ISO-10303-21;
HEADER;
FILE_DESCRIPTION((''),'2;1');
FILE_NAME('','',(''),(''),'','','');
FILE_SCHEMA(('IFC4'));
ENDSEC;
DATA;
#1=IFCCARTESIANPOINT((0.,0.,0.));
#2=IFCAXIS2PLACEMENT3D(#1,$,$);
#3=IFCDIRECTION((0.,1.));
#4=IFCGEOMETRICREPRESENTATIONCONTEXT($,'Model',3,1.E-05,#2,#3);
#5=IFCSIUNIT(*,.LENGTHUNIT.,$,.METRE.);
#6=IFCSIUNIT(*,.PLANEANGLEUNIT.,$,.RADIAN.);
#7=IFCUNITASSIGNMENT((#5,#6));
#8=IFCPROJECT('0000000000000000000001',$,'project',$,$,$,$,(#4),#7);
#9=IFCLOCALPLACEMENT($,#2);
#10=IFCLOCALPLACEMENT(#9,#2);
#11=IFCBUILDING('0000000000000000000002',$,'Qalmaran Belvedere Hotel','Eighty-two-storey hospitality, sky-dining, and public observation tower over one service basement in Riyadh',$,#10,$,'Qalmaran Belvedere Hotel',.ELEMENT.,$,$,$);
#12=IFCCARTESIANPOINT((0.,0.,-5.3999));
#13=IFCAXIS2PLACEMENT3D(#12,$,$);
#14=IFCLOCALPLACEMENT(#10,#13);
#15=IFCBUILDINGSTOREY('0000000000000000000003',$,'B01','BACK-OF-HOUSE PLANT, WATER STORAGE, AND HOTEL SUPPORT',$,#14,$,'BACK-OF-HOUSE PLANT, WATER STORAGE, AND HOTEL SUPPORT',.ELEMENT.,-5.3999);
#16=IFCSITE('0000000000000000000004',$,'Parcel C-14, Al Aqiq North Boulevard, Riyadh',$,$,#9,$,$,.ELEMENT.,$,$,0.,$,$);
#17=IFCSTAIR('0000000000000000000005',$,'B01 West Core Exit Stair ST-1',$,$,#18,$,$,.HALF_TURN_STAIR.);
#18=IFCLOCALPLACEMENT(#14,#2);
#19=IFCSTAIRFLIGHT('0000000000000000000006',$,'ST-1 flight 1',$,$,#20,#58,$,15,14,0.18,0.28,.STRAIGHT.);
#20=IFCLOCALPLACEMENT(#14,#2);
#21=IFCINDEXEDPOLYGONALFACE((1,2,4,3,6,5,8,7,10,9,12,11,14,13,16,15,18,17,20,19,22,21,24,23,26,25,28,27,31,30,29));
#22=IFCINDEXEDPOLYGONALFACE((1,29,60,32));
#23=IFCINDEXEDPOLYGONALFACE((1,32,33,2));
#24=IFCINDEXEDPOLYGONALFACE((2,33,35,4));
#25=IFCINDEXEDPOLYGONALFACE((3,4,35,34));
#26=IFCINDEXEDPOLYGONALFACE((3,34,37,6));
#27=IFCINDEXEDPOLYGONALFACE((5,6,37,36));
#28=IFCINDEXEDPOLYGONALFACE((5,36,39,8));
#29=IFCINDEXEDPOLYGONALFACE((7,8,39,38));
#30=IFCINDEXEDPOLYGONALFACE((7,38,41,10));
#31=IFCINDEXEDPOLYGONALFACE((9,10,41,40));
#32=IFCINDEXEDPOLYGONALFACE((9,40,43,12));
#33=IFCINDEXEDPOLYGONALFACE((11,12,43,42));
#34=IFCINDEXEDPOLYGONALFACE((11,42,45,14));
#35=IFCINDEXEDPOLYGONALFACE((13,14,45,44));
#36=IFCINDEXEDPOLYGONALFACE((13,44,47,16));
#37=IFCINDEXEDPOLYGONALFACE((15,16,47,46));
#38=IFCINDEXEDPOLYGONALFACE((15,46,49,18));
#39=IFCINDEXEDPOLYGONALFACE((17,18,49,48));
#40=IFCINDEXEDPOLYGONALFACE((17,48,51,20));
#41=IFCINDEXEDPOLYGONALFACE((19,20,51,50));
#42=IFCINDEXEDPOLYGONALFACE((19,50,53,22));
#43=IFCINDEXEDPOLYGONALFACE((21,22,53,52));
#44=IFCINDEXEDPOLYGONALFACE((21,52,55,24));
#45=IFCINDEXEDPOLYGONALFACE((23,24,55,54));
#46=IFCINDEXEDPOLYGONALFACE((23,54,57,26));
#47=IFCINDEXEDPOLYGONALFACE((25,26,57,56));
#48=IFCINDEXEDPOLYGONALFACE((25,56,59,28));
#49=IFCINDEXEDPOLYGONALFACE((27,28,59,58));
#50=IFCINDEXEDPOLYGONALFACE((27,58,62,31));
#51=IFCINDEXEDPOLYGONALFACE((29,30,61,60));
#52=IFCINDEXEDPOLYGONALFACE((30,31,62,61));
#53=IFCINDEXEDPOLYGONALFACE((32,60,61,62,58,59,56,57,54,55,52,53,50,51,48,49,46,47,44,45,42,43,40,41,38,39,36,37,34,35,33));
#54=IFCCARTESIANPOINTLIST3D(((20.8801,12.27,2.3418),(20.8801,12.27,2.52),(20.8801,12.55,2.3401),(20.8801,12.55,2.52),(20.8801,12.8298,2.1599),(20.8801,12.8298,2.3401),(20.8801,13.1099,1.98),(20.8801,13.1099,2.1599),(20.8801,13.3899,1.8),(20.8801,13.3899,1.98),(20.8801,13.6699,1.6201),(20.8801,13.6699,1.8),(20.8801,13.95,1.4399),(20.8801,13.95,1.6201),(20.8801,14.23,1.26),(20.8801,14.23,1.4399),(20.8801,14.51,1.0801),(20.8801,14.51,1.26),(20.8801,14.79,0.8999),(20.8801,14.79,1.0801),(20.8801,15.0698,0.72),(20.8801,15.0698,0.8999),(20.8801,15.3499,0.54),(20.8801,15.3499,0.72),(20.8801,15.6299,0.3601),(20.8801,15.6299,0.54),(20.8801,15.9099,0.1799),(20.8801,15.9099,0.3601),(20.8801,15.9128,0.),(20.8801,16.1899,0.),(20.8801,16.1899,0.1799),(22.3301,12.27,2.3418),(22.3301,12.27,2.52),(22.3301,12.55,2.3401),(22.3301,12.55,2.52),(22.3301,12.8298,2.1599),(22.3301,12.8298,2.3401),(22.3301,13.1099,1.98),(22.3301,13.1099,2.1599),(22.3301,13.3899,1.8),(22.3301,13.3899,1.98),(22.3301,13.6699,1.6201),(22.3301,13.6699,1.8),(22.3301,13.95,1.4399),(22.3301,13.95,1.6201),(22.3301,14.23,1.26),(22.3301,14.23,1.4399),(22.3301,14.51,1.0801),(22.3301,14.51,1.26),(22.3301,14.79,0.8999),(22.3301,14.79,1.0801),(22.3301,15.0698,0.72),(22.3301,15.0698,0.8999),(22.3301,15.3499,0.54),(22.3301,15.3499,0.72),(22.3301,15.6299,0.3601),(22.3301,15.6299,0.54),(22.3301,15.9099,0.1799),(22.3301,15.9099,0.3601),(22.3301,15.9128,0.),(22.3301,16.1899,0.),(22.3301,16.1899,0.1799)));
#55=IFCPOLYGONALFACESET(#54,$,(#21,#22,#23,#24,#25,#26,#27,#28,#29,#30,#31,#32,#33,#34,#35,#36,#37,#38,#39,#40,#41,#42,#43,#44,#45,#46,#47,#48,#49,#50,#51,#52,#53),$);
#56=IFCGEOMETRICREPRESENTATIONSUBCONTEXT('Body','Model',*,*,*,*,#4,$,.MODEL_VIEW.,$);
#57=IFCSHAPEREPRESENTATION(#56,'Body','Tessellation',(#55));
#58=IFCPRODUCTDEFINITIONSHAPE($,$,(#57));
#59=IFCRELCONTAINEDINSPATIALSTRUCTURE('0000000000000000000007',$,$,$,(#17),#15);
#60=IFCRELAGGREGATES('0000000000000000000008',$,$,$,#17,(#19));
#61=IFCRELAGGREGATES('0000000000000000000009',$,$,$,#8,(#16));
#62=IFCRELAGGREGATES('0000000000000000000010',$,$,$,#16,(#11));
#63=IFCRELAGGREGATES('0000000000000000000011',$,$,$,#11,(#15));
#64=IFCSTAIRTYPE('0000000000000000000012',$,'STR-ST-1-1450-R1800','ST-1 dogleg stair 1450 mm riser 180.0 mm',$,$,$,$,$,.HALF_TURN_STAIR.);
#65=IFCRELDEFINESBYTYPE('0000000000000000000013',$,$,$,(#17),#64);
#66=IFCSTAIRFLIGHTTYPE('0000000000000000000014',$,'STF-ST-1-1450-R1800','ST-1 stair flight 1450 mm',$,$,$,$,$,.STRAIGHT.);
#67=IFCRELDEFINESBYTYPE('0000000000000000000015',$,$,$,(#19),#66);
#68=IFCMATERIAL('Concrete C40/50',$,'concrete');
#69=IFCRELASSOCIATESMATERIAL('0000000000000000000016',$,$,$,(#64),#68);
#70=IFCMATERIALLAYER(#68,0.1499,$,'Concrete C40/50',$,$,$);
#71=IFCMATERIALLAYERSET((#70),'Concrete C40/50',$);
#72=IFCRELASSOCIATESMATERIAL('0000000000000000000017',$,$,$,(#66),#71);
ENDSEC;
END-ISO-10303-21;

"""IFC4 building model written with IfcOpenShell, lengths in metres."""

from ifc_helpers import new_model, si_unit, direction, frame, origin, place, context, subcontext, project, spatial, polyline, outline, extrude, material, layer, layer_set, type_object, element, aggregate, save


model = new_model("IFC4")

# Units and contexts
model_context = context("Model", 3, precision=1e-05, world=origin(), true_north=direction((0.0, 1.0)))
body_context = subcontext(model_context, "Body", "Model", "MODEL_VIEW")
ifc_project = project(units=[si_unit("LENGTHUNIT", "METRE"), si_unit("PLANEANGLEUNIT", "RADIAN")], contexts=[model_context])

# Site, building, storey
site_placement = place(None, origin())
site = spatial("IfcSite", under=ifc_project, at=site_placement, Name="Parcel C-14, Al Aqiq North Boulevard, Riyadh", CompositionType="ELEMENT", RefElevation=0.0)
building_placement = place(site_placement, origin())
building = spatial("IfcBuilding", under=site, at=building_placement, Name="Qalmaran Belvedere Hotel", Description="Eighty-two-storey hospitality, sky-dining, and public observation tower over one service basement in Riyadh", LongName="Qalmaran Belvedere Hotel", CompositionType="ELEMENT")
storey_placement = place(building_placement, frame((0.0, 0.0, -5.3999)))
storey = spatial("IfcBuildingStorey", under=building, at=storey_placement, Name="B01", Description="BACK-OF-HOUSE PLANT, WATER STORAGE, AND HOTEL SUPPORT", LongName="BACK-OF-HOUSE PLANT, WATER STORAGE, AND HOTEL SUPPORT", CompositionType="ELEMENT", Elevation=-5.3999)

# Stair, stair flight
ifc_material_1 = material(Name="Concrete C40/50", Category="concrete")
stair_type = type_object("IfcStairType", Name="STR-ST-1-1450-R1800", Description="ST-1 dogleg stair 1450 mm riser 180.0 mm", PredefinedType="HALF_TURN_STAIR", material=ifc_material_1)
stair_placement = place(storey_placement, origin())
stair = element("IfcStair", 1, at=stair_placement, inside=storey, type_object=stair_type, Name="B01 West Core Exit Stair ST-1", PredefinedType="HALF_TURN_STAIR")
ifc_layer_1 = layer(ifc_material_1, 0.1499, Name="Concrete C40/50")
ifc_layer_set_1 = layer_set([ifc_layer_1], Name="Concrete C40/50")
stair_flight_type = type_object("IfcStairFlightType", Name="STF-ST-1-1450-R1800", Description="ST-1 stair flight 1450 mm", PredefinedType="STRAIGHT", material=ifc_layer_set_1)
stair_flight_placement = place(storey_placement, frame((21.605, 16.1899, 0.0), z_axis=(0.0, 0.0, 1.0), x_axis=(0.0, -1.0, 0.0)))
stair_flight = element("IfcStairFlight", 2, at=stair_flight_placement, type_object=stair_flight_type, Name="ST-1 flight 1", NumberOfRisers=15, NumberOfTreads=14, PredefinedType="STRAIGHT", RiserHeight=0.18, TreadLength=0.28, context=body_context, shape_type="SweptSolid", body=[
    extrude(outline(polyline([(0.0, 0.0), (0.0, 0.1799), (0.28, 0.1799), (0.28, 0.3601), (0.5601, 0.3601), (0.5601, 0.54), (0.8401, 0.54), (0.8401, 0.72), (1.1201, 0.72), (1.1201, 0.8999), (1.3999, 0.8999), (1.3999, 1.0801), (1.6799, 1.0801), (1.6799, 1.26), (1.96, 1.26), (1.96, 1.4399), (2.24, 1.4399), (2.24, 1.6201), (2.52, 1.6201), (2.52, 1.8), (2.8, 1.8), (2.8, 1.98), (3.0801, 1.98), (3.0801, 2.1599), (3.3601, 2.1599), (3.3601, 2.3401), (3.6399, 2.3401), (3.6399, 2.52), (3.9199, 2.52), (3.9199, 2.7), (3.9199, 2.3418), (0.2771, 0.0), (0.0, 0.0)])), frame((0.0, 0.7251, 0.0), z_axis=(0.0, -1.0, 0.0), x_axis=(1.0, 0.0, 0.0)), (0.0, 0.0, 1.0), 1.45),
])
aggregate(stair, [stair_flight])

save(model, "model.ifc")
